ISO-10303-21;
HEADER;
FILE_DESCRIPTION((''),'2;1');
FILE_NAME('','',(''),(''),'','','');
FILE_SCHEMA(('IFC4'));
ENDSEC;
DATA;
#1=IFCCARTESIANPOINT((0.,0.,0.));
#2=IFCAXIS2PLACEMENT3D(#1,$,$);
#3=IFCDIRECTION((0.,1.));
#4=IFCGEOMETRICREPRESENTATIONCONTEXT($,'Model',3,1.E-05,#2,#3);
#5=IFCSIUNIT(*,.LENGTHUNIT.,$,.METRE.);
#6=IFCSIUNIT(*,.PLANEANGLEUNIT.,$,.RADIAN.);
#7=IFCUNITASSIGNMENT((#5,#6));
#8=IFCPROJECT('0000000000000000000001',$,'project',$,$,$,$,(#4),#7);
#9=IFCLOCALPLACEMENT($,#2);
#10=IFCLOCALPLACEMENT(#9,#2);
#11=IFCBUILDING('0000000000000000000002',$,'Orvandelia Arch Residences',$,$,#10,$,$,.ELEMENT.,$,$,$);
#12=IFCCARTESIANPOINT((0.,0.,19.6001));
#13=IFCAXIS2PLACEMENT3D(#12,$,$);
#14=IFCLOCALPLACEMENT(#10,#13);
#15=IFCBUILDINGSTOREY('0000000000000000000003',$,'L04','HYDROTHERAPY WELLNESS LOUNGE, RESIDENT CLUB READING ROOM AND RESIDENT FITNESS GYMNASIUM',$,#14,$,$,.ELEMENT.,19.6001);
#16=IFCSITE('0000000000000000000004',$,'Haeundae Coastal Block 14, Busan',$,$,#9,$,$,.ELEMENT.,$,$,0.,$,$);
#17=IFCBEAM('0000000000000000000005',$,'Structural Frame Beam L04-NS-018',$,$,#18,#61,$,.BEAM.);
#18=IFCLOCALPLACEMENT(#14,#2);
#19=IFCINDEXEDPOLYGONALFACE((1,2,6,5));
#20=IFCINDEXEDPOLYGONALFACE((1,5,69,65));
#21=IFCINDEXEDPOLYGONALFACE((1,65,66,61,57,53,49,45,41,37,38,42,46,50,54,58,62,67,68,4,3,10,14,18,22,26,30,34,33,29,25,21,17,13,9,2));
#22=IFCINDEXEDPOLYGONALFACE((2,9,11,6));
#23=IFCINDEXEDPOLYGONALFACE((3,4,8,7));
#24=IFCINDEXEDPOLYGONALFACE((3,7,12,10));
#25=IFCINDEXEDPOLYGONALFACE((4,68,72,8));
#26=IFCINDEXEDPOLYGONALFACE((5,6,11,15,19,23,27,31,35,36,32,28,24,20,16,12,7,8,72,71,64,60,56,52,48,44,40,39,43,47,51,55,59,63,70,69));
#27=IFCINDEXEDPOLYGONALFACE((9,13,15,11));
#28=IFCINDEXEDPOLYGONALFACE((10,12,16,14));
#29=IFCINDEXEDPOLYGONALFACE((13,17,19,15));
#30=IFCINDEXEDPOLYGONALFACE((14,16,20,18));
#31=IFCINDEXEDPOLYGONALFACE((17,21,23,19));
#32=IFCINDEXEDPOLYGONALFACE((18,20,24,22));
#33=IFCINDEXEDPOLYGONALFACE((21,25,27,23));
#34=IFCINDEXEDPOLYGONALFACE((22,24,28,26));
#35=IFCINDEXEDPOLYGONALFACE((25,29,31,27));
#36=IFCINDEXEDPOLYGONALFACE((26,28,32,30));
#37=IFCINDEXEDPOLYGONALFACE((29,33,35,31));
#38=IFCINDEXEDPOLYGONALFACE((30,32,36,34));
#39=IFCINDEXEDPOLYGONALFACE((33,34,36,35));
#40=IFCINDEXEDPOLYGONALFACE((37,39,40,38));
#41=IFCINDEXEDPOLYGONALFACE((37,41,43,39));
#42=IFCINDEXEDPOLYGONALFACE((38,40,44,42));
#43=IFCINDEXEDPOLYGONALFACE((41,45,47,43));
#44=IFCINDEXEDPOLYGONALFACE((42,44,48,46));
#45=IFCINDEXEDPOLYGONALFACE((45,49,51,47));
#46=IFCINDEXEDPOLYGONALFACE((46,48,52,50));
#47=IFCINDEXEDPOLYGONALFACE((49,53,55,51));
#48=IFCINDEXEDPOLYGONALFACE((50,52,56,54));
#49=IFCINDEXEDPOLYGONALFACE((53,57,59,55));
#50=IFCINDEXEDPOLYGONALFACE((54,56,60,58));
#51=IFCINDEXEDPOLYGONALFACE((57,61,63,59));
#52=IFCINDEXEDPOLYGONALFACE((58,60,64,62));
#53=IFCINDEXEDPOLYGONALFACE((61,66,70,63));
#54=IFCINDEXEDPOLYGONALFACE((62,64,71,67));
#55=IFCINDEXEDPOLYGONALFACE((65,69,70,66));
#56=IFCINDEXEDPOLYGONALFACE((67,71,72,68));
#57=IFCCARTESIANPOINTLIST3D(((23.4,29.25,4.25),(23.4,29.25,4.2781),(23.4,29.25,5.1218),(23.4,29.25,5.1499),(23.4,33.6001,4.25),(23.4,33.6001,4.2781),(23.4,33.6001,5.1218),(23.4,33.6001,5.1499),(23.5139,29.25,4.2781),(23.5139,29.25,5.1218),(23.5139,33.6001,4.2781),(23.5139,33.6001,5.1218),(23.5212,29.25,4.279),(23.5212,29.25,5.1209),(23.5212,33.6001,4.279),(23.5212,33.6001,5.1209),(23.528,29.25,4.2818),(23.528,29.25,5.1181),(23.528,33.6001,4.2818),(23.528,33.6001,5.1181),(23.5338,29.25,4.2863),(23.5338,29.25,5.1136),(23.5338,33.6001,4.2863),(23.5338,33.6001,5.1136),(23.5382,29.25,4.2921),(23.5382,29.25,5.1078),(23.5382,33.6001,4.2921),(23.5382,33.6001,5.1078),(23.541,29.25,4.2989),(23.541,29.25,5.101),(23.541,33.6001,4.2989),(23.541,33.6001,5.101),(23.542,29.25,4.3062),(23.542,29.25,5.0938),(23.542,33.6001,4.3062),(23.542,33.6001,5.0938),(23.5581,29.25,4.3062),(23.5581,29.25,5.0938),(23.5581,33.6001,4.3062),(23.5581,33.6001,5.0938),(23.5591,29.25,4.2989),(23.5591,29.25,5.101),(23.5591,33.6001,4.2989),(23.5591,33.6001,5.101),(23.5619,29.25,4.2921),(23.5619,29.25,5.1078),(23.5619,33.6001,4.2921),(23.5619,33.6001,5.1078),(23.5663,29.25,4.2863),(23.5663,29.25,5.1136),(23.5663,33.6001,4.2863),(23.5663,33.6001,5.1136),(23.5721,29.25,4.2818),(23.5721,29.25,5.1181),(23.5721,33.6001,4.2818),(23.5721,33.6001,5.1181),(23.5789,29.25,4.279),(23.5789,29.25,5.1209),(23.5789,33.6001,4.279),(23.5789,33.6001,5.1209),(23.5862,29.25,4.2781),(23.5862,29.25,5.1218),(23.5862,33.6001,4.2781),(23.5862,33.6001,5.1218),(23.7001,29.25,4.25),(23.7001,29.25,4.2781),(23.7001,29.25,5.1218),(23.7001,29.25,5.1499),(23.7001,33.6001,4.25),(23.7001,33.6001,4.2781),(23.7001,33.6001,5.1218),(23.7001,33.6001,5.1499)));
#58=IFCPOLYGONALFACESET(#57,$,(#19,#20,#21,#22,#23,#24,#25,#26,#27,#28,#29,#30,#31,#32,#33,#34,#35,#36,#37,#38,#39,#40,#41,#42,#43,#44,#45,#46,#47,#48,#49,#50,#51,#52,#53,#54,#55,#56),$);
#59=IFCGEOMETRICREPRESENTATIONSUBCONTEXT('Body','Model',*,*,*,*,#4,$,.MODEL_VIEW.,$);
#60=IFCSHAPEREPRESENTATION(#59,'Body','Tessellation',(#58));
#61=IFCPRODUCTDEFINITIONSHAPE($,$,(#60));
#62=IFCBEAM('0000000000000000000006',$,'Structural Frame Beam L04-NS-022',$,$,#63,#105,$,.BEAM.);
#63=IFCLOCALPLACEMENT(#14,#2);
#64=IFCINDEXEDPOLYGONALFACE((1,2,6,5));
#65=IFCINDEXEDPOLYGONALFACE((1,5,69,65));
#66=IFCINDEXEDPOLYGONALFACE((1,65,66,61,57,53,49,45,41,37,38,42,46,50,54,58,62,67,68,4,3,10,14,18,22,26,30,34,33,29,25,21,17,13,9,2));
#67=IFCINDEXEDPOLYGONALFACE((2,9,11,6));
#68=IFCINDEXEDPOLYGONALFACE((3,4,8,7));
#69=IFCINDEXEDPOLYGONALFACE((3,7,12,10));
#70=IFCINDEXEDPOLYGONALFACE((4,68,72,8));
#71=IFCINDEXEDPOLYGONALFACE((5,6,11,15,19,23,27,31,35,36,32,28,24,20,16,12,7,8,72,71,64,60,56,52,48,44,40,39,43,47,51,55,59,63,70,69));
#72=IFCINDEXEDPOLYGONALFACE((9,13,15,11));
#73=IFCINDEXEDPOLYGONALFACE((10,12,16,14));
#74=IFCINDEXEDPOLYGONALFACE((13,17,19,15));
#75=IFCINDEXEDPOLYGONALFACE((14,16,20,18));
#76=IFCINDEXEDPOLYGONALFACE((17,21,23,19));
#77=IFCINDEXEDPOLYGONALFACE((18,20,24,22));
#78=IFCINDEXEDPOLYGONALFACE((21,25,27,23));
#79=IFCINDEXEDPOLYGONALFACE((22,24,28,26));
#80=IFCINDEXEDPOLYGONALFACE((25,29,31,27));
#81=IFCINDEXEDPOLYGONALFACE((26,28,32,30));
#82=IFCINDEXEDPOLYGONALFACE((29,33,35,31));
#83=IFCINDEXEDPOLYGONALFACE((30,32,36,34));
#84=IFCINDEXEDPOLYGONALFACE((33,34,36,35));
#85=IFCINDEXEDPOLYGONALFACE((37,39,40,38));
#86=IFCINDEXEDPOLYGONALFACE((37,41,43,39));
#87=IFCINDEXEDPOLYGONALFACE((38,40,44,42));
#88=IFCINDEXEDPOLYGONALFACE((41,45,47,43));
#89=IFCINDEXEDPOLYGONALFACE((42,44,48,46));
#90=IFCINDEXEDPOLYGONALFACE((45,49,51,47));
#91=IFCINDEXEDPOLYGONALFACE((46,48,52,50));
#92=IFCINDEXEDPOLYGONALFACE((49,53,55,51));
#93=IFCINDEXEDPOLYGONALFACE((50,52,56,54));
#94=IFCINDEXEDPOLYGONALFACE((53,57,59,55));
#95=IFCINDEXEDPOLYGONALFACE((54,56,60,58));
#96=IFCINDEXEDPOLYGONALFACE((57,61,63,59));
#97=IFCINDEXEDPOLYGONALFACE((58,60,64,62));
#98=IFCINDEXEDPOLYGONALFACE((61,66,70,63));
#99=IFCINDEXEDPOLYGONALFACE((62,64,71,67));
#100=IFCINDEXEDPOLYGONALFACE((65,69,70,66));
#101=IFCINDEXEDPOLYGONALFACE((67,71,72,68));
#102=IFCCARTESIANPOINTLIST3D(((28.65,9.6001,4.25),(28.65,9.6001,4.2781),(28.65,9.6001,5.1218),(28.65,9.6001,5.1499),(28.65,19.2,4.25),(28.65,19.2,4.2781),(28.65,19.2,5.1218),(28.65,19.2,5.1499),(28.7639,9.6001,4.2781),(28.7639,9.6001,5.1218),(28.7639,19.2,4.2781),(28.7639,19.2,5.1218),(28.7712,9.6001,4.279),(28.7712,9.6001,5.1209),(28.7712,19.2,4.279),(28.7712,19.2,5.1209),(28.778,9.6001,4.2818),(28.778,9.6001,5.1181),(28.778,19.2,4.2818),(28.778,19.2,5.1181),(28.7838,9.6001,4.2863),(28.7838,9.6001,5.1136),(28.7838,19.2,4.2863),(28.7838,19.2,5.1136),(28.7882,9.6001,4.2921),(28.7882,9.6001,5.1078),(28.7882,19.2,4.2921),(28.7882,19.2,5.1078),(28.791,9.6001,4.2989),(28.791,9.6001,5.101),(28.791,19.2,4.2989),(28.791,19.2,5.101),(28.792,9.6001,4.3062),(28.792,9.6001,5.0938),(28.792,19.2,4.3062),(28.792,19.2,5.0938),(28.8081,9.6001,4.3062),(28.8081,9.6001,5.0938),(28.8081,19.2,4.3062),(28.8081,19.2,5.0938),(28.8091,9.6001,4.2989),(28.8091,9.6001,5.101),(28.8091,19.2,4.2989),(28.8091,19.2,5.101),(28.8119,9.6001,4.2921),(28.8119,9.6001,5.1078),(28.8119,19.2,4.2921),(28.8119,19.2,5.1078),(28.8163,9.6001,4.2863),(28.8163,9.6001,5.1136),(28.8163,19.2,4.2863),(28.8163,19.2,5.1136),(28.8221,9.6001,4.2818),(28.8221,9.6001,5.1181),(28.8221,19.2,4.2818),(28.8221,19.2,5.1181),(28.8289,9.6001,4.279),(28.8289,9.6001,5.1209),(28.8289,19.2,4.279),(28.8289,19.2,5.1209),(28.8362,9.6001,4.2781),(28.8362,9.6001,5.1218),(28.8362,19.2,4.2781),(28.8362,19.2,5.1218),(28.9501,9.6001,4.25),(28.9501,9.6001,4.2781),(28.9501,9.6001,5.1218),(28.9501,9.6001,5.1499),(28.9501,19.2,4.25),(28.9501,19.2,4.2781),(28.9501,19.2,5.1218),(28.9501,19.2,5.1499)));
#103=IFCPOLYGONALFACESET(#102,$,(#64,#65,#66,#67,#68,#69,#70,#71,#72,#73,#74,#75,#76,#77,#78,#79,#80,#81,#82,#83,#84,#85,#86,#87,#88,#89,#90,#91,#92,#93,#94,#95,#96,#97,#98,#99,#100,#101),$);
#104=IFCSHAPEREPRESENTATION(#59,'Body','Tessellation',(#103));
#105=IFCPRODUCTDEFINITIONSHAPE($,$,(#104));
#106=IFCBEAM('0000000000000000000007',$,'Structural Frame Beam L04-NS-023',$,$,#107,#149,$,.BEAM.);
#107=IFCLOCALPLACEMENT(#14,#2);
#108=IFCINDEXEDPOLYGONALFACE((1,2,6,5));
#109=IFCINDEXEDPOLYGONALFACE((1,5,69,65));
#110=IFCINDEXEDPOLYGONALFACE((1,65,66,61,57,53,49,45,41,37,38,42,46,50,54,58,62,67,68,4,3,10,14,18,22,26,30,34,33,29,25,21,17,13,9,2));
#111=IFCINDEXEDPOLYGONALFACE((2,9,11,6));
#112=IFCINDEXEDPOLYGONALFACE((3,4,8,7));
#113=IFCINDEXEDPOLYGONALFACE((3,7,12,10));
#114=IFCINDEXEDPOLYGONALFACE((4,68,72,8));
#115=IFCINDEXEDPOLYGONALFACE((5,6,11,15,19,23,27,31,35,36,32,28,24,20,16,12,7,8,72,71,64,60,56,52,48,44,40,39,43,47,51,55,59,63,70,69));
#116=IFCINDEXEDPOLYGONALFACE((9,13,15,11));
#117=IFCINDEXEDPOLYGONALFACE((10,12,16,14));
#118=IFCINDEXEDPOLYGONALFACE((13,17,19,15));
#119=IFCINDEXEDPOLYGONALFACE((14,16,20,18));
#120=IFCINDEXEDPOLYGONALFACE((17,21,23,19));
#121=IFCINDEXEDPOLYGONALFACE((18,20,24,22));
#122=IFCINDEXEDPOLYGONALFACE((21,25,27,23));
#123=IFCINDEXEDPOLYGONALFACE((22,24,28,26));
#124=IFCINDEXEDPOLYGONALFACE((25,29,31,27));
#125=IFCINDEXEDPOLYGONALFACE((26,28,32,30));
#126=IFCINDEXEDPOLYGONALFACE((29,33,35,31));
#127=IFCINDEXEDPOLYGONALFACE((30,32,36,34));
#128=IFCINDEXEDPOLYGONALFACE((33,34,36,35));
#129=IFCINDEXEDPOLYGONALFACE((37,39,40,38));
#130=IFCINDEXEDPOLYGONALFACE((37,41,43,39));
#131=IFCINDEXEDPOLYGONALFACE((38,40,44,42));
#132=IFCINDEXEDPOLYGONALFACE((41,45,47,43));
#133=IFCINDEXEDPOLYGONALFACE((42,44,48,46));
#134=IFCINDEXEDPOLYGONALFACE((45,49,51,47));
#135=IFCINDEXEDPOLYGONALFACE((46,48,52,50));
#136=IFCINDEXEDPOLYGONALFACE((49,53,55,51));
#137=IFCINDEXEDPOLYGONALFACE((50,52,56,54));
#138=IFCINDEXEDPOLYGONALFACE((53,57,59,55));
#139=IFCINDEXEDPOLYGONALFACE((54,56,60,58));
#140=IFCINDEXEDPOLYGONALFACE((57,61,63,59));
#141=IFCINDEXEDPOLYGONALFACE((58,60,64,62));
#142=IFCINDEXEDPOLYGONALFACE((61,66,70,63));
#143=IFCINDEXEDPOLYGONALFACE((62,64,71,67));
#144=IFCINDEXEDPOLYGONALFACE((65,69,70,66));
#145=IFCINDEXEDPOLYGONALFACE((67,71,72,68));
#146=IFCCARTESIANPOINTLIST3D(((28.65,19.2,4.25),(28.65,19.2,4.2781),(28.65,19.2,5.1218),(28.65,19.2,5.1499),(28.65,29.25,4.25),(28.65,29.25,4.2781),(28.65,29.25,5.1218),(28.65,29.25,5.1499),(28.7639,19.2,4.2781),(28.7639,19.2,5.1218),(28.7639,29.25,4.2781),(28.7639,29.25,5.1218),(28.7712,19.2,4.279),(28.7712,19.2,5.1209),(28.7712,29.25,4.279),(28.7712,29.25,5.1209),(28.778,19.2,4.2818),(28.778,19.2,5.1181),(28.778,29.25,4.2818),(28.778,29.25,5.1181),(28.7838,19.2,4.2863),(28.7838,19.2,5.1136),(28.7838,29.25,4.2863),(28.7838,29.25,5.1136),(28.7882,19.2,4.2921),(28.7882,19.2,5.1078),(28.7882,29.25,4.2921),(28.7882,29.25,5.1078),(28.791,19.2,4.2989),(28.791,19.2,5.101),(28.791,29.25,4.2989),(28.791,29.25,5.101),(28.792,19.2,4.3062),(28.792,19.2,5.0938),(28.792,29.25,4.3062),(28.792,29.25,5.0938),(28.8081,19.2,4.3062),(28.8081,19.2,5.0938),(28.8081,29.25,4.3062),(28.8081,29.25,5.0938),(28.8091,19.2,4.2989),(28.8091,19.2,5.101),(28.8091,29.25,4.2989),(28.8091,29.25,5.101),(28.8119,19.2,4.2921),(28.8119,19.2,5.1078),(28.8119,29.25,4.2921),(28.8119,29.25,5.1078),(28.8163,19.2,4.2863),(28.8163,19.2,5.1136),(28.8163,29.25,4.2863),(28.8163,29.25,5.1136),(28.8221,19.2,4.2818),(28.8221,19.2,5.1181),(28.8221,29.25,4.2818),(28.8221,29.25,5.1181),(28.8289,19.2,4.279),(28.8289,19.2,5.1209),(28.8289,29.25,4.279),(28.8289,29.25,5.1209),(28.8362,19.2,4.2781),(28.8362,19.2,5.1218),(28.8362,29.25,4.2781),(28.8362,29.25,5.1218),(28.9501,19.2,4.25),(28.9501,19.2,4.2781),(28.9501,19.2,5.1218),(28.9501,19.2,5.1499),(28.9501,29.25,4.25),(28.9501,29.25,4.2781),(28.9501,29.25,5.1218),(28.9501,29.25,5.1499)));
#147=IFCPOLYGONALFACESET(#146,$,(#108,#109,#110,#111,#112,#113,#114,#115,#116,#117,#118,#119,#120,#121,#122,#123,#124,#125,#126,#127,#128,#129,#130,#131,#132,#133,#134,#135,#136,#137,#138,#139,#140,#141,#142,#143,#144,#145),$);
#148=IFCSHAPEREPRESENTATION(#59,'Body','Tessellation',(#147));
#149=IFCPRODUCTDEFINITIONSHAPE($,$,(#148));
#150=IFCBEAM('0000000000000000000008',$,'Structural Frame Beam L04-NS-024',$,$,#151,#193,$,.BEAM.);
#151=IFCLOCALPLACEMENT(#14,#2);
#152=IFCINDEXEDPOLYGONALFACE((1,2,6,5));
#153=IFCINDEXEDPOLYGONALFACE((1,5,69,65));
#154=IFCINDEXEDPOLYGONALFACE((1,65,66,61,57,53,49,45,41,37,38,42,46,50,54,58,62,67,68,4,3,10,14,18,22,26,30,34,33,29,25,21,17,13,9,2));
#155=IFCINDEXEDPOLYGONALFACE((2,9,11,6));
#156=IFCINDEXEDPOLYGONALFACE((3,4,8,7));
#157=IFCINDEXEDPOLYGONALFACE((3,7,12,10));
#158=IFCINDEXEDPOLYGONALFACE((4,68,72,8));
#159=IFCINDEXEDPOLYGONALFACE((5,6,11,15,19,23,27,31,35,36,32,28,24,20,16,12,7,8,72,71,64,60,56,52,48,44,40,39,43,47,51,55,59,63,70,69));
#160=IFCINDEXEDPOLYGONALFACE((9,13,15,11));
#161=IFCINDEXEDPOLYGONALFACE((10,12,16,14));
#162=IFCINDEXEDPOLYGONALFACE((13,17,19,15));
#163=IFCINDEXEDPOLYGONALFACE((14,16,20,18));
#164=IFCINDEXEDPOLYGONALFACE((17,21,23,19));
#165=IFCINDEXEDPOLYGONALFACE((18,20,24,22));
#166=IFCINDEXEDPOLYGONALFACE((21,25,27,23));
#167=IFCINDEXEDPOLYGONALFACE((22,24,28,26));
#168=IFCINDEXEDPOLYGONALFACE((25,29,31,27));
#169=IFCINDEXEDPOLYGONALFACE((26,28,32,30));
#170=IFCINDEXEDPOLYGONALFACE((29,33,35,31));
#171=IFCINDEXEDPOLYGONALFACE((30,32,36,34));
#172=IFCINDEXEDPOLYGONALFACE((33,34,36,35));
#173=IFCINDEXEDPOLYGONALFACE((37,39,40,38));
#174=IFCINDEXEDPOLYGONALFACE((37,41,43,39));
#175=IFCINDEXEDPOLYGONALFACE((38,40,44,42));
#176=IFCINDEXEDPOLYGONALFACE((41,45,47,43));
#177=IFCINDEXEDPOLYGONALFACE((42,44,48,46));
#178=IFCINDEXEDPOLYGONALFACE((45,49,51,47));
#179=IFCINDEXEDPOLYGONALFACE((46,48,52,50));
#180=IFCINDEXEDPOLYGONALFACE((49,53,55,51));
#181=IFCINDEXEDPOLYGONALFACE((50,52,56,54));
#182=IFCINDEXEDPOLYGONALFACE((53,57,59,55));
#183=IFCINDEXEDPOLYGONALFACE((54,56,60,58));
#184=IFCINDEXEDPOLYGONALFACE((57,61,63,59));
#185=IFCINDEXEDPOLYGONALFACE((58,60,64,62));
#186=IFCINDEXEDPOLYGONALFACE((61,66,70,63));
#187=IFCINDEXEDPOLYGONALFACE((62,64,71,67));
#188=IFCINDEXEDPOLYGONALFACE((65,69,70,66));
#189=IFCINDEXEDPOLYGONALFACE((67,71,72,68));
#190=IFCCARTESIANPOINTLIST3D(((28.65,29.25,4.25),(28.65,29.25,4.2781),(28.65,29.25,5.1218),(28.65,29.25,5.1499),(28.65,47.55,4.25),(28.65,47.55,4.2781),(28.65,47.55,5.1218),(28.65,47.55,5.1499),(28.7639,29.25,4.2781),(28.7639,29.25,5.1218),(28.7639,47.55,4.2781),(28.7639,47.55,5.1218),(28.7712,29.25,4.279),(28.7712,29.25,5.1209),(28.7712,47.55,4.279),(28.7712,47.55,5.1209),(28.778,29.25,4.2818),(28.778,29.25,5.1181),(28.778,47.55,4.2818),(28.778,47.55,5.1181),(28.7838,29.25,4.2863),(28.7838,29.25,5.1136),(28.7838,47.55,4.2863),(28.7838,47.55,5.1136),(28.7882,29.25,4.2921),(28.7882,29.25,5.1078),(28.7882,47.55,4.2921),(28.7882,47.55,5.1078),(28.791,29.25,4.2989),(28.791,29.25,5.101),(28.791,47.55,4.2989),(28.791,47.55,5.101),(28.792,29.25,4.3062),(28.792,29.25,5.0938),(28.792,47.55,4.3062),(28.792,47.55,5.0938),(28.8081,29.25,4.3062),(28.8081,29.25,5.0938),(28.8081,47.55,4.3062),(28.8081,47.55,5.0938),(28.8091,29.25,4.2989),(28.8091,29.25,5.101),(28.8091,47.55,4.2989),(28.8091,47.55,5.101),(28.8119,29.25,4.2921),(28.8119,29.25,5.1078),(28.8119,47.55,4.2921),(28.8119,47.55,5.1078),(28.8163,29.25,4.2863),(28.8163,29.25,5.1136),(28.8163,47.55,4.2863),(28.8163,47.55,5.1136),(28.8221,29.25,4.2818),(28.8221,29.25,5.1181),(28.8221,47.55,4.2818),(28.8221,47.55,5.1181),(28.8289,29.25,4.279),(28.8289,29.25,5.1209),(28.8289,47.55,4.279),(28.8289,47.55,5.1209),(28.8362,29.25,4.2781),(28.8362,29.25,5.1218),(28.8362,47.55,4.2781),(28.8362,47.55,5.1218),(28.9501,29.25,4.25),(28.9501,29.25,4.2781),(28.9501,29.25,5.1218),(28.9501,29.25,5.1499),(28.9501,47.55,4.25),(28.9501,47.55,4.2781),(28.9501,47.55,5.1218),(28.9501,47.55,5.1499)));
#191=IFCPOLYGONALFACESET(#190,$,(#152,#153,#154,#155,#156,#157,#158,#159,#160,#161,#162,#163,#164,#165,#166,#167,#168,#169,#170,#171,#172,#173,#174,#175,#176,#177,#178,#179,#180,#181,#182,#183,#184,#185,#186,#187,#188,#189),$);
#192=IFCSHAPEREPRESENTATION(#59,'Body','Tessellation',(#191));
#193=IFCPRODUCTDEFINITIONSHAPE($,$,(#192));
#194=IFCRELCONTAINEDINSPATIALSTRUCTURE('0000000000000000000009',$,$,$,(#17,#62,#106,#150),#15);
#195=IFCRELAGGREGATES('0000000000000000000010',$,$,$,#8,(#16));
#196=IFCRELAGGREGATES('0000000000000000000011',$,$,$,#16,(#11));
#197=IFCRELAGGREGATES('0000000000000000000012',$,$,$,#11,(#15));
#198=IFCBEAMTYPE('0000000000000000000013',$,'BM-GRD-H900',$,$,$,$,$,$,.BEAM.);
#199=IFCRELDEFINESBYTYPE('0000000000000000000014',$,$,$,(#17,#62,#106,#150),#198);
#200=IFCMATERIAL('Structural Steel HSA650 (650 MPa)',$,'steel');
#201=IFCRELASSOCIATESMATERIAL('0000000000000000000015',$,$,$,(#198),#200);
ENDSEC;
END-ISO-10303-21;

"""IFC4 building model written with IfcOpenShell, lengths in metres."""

from ifc_helpers import new_model, si_unit, direction, frame, origin, origin_2d, place, context, subcontext, project, spatial, i_section, extrude, material, material_profile, profile_set, type_object, element, save


model = new_model("IFC4")

# Units and contexts
model_context = context("Model", 3, precision=1e-05, world=origin(), true_north=direction((0.0, 1.0)))
body_context = subcontext(model_context, "Body", "Model", "MODEL_VIEW")
ifc_project = project(units=[si_unit("LENGTHUNIT", "METRE"), si_unit("PLANEANGLEUNIT", "RADIAN")], contexts=[model_context])

# Site, building, storey
site_placement = place(None, origin())
site = spatial("IfcSite", under=ifc_project, at=site_placement, Name="Haeundae Coastal Block 14, Busan", CompositionType="ELEMENT", RefElevation=0.0)
building_placement = place(site_placement, origin())
building = spatial("IfcBuilding", under=site, at=building_placement, Name="Orvandelia Arch Residences", CompositionType="ELEMENT")
storey_placement = place(building_placement, frame((0.0, 0.0, 19.6001)))
storey = spatial("IfcBuildingStorey", under=building, at=storey_placement, Name="L04", Description="HYDROTHERAPY WELLNESS LOUNGE, RESIDENT CLUB READING ROOM AND RESIDENT FITNESS GYMNASIUM", CompositionType="ELEMENT", Elevation=19.6001)

# Shared definitions
ifc_material_1 = material(Name="Structural Steel HSA650 (650 MPa)", Category="steel")

# Beams
ifc_material_profile_1 = material_profile(ifc_material_1, i_section(OverallWidth=0.3, OverallDepth=0.8999, WebThickness=0.0161, FlangeThickness=0.0281, FilletRadius=0.0281, at=origin_2d()), Name="Structural Steel HSA650 (650 MPa)", Category="steel")
ifc_profile_set_1 = profile_set([ifc_material_profile_1], Name="Structural Steel HSA650 (650 MPa)")
beam_type = type_object("IfcBeamType", Name="BM-GRD-H900", PredefinedType="BEAM", material=ifc_profile_set_1)
beam_1_placement = place(storey_placement, frame((23.55, 29.25, 4.7), z_axis=(0.0, 1.0, 0.0), x_axis=(-1.0, 0.0, 0.0)))
element("IfcBeam", 1, at=beam_1_placement, inside=storey, type_object=beam_type, Name="Structural Frame Beam L04-NS-018", PredefinedType="BEAM", context=body_context, shape_type="SweptSolid", body=[
    extrude(i_section(OverallWidth=0.3, OverallDepth=0.8999, WebThickness=0.0161, FlangeThickness=0.0281, FilletRadius=0.0281, at=origin_2d()), origin(), (0.0, 0.0, 1.0), 4.3501),
])
beam_2_placement = place(storey_placement, frame((28.8, 9.6001, 4.7), z_axis=(0.0, 1.0, 0.0), x_axis=(-1.0, 0.0, 0.0)))
element("IfcBeam", 2, at=beam_2_placement, inside=storey, type_object=beam_type, Name="Structural Frame Beam L04-NS-022", PredefinedType="BEAM", context=body_context, shape_type="SweptSolid", body=[
    extrude(i_section(OverallWidth=0.3, OverallDepth=0.8999, WebThickness=0.0161, FlangeThickness=0.0281, FilletRadius=0.0281, at=origin_2d()), origin(), (0.0, 0.0, 1.0), 9.5999),
])
beam_3_placement = place(storey_placement, frame((28.8, 19.2, 4.7), z_axis=(0.0, 1.0, 0.0), x_axis=(-1.0, 0.0, 0.0)))
element("IfcBeam", 3, at=beam_3_placement, inside=storey, type_object=beam_type, Name="Structural Frame Beam L04-NS-023", PredefinedType="BEAM", context=body_context, shape_type="SweptSolid", body=[
    extrude(i_section(OverallWidth=0.3, OverallDepth=0.8999, WebThickness=0.0161, FlangeThickness=0.0281, FilletRadius=0.0281, at=origin_2d()), origin(), (0.0, 0.0, 1.0), 10.05),
])
beam_4_placement = place(storey_placement, frame((28.8, 29.25, 4.7), z_axis=(0.0, 1.0, 0.0), x_axis=(-1.0, 0.0, 0.0)))
element("IfcBeam", 4, at=beam_4_placement, inside=storey, type_object=beam_type, Name="Structural Frame Beam L04-NS-024", PredefinedType="BEAM", context=body_context, shape_type="SweptSolid", body=[
    extrude(i_section(OverallWidth=0.3, OverallDepth=0.8999, WebThickness=0.0161, FlangeThickness=0.0281, FilletRadius=0.0281, at=origin_2d()), origin(), (0.0, 0.0, 1.0), 18.3),
])

save(model, "model.ifc")
